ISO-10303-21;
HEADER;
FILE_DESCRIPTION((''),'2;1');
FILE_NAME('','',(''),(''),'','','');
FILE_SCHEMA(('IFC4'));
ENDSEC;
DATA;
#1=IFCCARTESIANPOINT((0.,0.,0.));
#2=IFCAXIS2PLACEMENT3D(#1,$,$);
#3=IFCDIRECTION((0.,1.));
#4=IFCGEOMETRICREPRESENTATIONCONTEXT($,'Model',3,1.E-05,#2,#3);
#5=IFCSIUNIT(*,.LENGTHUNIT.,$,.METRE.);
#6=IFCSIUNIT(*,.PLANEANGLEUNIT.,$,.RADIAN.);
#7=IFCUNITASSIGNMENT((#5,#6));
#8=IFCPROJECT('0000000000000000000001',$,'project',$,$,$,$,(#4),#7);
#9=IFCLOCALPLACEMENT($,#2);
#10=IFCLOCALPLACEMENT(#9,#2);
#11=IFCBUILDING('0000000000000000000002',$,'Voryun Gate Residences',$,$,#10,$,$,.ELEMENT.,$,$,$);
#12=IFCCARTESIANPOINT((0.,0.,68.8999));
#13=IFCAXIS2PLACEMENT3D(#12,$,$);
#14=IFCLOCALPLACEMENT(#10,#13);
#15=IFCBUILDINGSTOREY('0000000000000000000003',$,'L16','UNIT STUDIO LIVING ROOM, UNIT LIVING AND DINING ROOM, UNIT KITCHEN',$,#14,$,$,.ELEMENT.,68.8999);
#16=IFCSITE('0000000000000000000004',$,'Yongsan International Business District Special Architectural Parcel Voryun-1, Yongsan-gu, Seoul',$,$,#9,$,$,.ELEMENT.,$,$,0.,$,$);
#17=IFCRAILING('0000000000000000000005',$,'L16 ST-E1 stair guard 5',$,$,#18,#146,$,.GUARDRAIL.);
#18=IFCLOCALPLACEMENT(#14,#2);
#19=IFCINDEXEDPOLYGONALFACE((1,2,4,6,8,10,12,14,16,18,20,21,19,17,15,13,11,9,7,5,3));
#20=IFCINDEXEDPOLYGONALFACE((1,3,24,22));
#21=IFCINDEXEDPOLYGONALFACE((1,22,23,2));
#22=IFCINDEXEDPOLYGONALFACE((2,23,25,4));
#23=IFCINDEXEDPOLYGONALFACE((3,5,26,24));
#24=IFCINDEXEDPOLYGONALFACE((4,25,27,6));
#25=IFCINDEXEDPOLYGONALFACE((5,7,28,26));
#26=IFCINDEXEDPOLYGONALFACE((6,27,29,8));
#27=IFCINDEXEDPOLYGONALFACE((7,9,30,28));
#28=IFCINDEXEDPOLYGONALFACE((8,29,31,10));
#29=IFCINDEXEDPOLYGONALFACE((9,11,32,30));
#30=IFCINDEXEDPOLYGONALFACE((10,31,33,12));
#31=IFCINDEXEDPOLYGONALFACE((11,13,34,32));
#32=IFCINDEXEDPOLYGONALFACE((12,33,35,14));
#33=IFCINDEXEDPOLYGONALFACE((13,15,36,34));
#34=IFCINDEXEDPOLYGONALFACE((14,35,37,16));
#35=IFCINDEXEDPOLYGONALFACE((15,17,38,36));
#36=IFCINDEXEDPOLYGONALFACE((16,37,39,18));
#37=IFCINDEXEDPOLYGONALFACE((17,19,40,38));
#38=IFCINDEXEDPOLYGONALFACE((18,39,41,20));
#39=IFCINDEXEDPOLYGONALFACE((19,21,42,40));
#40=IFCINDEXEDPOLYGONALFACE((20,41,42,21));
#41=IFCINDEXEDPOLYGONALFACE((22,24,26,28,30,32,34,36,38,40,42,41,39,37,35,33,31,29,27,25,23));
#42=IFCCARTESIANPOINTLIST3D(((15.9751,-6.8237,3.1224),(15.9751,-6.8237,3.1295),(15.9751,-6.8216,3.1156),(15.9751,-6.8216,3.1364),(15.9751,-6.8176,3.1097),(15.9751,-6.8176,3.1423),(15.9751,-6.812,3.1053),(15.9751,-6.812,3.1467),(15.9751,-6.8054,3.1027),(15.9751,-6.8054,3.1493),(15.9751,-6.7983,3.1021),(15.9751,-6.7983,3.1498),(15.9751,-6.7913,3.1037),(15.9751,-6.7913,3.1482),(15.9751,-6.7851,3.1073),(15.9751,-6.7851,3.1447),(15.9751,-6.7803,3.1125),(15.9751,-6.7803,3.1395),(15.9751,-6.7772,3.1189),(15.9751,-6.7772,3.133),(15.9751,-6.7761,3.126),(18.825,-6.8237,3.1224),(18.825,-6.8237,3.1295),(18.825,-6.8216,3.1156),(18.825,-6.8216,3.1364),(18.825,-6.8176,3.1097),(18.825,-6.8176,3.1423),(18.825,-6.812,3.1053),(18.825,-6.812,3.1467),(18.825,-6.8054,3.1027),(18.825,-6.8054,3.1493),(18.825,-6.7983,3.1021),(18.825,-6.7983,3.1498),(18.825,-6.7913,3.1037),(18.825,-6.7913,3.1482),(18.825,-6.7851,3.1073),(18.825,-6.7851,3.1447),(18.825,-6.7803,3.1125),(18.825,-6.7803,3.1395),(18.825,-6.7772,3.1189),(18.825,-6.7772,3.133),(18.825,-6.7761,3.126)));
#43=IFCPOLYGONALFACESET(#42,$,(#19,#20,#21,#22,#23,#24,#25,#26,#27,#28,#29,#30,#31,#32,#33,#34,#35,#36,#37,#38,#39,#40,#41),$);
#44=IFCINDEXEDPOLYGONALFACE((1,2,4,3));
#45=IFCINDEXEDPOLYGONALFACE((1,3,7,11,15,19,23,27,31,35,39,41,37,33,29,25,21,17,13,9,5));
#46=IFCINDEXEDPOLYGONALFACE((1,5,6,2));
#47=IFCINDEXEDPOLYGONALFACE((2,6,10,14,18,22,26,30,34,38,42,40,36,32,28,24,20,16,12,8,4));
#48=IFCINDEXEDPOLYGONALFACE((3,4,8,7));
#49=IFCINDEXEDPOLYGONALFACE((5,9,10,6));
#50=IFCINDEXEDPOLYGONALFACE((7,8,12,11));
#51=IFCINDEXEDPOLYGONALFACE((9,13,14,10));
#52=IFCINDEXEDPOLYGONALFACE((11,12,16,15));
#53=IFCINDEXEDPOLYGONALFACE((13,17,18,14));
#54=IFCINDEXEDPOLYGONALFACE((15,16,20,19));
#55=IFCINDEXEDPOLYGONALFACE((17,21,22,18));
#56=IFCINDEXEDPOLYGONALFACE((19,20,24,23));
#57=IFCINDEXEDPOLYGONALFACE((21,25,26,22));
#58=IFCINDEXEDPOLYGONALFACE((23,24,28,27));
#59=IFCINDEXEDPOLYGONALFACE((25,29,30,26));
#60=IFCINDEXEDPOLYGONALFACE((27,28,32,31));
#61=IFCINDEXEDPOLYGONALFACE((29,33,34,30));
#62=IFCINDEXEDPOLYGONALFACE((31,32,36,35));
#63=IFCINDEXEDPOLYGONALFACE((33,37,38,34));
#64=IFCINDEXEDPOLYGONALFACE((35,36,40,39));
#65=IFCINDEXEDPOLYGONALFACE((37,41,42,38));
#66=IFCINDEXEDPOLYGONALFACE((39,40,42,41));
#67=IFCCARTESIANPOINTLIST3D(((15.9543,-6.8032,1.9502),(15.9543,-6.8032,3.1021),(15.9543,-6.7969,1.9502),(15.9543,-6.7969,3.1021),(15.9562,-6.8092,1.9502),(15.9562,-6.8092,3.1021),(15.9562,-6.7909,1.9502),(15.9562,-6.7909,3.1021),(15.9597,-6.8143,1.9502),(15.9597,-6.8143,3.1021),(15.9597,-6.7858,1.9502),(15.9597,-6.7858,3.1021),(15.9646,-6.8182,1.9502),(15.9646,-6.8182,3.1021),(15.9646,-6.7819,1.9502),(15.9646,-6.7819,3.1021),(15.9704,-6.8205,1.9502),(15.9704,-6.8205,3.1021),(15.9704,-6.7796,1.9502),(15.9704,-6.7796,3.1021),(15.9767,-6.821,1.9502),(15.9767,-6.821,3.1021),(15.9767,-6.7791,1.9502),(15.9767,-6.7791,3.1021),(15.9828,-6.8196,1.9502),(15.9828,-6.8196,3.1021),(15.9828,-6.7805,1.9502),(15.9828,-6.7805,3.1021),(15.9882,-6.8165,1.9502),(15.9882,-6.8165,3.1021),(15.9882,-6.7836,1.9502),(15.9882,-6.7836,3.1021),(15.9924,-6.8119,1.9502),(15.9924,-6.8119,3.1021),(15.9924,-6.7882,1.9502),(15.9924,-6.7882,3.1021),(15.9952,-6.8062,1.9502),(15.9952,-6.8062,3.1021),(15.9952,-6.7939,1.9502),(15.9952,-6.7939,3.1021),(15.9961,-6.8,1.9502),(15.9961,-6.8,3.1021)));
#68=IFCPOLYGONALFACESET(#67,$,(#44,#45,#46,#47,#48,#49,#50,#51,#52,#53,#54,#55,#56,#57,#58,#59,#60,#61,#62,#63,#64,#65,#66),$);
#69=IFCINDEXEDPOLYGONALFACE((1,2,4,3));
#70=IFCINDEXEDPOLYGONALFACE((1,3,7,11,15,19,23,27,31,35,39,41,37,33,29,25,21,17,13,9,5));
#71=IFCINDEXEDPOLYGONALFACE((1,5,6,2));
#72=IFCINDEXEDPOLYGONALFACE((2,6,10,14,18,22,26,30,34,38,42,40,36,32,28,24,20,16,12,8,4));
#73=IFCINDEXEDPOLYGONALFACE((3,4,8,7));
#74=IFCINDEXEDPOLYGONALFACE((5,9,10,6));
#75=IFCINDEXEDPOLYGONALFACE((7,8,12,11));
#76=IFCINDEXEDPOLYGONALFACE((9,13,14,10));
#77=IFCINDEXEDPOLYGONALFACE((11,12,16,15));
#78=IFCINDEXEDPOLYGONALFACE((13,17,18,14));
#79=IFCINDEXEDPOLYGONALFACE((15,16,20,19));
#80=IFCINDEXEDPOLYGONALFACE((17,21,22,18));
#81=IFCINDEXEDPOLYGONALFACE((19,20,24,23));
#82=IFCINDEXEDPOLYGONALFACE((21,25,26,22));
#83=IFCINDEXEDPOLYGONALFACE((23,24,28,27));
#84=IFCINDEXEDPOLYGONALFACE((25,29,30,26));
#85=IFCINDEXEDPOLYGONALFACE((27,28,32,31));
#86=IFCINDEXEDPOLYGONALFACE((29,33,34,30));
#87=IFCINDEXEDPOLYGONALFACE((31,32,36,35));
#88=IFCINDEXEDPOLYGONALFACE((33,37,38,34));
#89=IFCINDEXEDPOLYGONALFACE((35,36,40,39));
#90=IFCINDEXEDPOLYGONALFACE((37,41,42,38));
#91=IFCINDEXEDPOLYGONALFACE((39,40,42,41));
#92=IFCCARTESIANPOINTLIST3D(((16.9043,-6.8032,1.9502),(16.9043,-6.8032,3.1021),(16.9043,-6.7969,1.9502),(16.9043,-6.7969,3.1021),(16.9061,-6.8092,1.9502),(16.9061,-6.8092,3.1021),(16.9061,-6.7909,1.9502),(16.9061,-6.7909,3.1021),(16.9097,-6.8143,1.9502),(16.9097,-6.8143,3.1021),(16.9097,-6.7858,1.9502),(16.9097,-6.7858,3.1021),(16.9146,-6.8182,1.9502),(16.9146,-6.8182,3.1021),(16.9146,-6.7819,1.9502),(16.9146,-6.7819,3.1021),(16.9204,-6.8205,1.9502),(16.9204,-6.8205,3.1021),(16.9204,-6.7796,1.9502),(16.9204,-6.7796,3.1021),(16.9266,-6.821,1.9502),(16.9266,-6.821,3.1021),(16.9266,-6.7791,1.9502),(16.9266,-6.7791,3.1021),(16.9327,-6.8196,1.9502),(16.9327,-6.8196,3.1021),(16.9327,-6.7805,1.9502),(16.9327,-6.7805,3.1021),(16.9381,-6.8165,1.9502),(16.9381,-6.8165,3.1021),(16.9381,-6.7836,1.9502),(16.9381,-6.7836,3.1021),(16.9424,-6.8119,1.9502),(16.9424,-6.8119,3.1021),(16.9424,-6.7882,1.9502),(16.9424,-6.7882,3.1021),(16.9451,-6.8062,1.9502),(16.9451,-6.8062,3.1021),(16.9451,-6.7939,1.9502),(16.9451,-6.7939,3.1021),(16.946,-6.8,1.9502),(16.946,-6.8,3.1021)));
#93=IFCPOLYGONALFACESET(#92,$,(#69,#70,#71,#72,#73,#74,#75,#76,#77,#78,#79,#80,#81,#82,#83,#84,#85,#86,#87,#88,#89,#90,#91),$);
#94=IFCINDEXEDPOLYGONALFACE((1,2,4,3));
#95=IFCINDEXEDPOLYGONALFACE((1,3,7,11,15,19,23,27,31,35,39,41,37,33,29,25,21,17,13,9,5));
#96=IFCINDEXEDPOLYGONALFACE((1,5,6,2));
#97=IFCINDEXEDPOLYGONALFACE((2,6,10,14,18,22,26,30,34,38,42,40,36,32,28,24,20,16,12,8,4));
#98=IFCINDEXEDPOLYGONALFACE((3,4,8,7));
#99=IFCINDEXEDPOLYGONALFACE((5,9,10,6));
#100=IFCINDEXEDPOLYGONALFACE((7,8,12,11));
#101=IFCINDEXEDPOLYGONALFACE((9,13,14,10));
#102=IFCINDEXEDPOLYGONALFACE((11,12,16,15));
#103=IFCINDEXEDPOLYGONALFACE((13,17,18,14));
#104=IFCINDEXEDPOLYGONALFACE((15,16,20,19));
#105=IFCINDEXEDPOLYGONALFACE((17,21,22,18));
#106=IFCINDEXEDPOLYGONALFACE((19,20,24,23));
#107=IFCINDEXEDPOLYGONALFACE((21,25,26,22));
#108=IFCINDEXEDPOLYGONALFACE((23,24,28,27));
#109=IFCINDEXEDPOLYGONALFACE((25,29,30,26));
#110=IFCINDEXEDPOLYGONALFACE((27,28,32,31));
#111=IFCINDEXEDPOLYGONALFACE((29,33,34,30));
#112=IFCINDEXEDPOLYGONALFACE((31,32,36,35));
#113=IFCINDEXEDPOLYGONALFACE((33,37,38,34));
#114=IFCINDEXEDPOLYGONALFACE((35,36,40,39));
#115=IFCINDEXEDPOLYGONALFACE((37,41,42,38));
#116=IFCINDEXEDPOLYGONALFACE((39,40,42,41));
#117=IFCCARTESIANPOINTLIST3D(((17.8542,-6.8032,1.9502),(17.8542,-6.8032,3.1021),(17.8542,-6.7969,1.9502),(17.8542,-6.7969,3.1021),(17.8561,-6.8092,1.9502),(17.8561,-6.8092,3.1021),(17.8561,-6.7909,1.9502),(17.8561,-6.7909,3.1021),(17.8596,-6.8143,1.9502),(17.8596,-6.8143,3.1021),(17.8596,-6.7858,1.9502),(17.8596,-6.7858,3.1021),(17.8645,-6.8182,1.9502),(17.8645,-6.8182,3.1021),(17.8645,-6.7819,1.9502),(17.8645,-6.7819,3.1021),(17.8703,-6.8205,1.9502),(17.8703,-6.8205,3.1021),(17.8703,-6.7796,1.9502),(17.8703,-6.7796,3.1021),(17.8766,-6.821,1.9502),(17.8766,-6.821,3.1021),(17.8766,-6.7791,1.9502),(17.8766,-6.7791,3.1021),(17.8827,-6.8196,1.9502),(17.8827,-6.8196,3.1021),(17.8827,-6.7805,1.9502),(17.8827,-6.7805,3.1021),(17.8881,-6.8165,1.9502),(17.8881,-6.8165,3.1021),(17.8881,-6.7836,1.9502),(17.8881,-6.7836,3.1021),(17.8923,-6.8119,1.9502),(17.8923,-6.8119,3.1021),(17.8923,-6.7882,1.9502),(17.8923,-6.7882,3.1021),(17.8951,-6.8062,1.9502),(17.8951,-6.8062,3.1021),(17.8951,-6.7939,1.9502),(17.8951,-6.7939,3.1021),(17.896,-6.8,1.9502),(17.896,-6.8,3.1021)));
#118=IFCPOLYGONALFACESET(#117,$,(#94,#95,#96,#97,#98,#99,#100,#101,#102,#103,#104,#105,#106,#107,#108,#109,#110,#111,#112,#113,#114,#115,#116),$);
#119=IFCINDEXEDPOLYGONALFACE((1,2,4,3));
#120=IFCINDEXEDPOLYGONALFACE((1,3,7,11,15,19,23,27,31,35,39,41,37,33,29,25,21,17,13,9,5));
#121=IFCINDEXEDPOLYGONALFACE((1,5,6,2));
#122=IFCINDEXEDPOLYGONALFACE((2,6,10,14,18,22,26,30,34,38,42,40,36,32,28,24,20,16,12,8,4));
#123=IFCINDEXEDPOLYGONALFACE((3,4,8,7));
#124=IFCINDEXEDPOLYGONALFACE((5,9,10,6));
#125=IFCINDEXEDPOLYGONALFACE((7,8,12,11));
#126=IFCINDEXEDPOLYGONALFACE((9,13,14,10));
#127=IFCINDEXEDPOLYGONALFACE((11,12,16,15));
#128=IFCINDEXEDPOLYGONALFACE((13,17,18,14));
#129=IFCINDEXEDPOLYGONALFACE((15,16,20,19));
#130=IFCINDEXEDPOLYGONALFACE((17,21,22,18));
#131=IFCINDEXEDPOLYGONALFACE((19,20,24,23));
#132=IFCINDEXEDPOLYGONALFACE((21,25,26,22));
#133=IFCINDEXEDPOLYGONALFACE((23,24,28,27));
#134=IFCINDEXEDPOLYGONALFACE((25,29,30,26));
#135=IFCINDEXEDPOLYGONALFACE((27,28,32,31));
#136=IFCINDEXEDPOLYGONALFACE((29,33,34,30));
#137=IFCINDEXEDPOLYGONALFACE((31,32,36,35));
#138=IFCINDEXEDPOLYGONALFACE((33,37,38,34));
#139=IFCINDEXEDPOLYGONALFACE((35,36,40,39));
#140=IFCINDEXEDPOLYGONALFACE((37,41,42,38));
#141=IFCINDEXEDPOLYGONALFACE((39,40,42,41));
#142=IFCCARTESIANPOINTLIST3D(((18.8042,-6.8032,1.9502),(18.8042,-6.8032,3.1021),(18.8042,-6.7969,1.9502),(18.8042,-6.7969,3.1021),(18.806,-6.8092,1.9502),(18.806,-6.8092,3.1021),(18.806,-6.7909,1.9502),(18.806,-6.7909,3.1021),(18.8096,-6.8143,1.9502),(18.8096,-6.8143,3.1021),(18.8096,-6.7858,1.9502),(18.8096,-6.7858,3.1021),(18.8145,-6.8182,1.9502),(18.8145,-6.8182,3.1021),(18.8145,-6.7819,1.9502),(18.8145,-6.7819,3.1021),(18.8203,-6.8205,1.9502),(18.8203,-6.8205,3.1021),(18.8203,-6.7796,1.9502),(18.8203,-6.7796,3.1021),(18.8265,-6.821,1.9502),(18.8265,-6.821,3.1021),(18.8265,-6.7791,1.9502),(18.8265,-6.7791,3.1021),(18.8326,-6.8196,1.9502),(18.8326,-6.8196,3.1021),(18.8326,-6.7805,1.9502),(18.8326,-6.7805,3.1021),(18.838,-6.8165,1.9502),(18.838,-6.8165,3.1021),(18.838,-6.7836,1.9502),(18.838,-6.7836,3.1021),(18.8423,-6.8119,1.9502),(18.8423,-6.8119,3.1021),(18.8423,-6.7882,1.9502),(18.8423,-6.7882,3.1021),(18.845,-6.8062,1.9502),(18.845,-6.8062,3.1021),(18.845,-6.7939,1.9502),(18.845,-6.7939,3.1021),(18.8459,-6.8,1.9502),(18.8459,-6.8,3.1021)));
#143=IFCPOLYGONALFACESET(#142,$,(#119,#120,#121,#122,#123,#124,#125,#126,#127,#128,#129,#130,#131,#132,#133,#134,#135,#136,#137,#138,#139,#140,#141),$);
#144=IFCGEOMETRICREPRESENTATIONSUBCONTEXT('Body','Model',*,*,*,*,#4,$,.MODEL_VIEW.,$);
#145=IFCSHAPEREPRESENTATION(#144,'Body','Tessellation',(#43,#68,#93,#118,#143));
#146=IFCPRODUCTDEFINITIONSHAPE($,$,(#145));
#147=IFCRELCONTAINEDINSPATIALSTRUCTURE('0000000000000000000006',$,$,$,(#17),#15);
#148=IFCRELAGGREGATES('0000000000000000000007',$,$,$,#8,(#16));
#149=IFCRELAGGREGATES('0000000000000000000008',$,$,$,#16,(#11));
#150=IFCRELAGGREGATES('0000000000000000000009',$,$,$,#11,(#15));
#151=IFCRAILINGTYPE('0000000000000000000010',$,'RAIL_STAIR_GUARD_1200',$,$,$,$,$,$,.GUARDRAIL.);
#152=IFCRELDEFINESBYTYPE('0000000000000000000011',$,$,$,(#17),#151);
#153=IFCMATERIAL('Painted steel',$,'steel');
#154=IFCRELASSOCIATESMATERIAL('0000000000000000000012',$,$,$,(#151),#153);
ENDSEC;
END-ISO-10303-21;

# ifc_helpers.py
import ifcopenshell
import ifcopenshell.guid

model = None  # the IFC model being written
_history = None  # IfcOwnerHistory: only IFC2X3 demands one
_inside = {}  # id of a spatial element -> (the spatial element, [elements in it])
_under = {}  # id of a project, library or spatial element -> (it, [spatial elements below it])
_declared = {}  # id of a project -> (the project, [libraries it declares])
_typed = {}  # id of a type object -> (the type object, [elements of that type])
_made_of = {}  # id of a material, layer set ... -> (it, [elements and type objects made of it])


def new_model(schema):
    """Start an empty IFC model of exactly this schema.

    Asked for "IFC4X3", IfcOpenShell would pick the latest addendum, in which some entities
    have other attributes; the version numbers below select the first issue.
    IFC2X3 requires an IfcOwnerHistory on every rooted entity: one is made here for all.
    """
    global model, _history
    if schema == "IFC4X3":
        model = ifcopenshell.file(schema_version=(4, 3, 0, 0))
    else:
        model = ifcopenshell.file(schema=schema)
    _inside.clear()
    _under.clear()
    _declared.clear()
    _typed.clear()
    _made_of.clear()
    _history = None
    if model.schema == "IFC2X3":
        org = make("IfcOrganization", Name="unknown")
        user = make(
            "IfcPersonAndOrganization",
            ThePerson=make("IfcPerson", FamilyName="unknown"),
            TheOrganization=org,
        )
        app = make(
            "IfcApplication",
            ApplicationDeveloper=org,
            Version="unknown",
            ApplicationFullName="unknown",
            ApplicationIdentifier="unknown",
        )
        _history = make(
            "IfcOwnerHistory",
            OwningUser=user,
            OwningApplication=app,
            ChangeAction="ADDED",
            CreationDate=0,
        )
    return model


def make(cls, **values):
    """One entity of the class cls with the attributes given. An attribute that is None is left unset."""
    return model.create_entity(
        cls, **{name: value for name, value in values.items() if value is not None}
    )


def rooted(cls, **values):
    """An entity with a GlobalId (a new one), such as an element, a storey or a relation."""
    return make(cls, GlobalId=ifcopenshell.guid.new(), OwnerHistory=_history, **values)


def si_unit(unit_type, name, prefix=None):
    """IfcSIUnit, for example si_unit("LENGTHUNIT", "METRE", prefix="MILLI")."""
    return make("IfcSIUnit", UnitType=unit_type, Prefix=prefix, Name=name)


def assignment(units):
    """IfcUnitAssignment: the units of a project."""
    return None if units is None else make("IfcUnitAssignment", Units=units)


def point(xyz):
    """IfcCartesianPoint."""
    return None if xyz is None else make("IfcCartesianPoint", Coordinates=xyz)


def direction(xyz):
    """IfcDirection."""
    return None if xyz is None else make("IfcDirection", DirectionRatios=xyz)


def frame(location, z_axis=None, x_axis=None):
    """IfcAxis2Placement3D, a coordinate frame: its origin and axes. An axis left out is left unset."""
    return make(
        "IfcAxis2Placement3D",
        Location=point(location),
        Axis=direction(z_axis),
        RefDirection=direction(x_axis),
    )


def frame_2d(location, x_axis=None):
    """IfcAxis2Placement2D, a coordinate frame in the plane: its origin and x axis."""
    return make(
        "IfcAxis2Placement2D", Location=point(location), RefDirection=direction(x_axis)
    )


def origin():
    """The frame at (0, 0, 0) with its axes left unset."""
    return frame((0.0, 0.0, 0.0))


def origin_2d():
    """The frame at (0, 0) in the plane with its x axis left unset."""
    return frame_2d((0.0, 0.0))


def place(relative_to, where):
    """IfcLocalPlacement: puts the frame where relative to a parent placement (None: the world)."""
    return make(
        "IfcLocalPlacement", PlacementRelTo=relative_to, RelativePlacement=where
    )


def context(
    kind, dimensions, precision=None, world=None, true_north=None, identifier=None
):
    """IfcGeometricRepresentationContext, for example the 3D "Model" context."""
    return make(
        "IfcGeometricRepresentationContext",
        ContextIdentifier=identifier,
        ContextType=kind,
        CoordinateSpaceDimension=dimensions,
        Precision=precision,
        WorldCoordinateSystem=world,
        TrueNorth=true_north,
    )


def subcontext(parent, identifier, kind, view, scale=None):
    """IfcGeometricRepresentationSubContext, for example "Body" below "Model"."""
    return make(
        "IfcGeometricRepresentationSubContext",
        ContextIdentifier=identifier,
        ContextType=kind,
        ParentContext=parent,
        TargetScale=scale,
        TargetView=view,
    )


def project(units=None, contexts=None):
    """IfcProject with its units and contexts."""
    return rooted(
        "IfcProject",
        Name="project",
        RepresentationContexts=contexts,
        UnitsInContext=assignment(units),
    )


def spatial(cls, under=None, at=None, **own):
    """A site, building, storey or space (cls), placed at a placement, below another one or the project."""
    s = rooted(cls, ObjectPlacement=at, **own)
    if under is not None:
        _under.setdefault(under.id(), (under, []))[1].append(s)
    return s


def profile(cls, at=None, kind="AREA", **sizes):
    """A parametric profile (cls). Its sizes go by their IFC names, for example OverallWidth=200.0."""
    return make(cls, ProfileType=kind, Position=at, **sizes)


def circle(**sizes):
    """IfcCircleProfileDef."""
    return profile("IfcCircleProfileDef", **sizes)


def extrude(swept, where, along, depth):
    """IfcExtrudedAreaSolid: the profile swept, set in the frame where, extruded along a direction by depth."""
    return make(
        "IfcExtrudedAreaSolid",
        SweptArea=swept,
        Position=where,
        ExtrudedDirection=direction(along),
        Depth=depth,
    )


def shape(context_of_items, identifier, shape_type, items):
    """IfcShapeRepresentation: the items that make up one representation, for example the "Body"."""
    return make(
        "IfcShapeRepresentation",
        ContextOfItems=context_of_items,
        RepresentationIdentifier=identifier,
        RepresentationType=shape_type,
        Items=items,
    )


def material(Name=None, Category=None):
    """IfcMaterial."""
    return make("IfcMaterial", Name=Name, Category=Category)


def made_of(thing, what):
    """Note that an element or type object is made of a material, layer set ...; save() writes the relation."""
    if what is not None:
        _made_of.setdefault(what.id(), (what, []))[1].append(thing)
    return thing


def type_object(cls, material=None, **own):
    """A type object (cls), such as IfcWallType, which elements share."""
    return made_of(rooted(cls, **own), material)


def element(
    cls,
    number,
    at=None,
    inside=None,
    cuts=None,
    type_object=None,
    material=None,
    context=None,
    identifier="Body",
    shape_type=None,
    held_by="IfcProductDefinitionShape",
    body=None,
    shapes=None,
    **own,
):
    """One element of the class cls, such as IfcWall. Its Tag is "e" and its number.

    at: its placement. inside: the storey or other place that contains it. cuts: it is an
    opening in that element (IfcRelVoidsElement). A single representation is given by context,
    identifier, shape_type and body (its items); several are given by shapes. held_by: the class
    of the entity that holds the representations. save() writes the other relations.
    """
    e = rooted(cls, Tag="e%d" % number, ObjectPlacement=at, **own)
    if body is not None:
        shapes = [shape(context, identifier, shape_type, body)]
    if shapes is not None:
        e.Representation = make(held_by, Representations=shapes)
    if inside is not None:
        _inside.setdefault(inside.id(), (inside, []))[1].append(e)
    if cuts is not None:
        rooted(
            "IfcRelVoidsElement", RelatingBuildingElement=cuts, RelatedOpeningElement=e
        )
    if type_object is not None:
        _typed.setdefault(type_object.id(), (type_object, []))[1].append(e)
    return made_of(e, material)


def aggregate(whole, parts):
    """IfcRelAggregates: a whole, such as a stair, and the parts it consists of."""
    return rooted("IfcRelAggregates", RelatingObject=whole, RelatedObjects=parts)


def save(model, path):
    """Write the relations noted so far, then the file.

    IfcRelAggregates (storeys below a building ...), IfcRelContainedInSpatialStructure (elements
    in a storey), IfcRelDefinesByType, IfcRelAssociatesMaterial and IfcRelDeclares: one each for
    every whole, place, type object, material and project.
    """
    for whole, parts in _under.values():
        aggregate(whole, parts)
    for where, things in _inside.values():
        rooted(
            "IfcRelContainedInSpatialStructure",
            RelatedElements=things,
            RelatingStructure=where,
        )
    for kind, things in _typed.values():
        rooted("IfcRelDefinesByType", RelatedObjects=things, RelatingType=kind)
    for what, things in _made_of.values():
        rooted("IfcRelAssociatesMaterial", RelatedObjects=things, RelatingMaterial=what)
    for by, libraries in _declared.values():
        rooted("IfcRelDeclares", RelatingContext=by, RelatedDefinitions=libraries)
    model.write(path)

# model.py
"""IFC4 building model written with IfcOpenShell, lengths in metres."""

from ifc_helpers import new_model, si_unit, direction, frame, origin, origin_2d, place, context, subcontext, project, spatial, circle, extrude, material, type_object, element, save


model = new_model("IFC4")

# Units and contexts
model_context = context("Model", 3, precision=1e-05, world=origin(), true_north=direction((0.0, 1.0)))
body_context = subcontext(model_context, "Body", "Model", "MODEL_VIEW")
ifc_project = project(units=[si_unit("LENGTHUNIT", "METRE"), si_unit("PLANEANGLEUNIT", "RADIAN")], contexts=[model_context])

# Site, building, storey
site_placement = place(None, origin())
site = spatial("IfcSite", under=ifc_project, at=site_placement, Name="Yongsan International Business District Special Architectural Parcel Voryun-1, Yongsan-gu, Seoul", CompositionType="ELEMENT", RefElevation=0.0)
building_placement = place(site_placement, origin())
building = spatial("IfcBuilding", under=site, at=building_placement, Name="Voryun Gate Residences", CompositionType="ELEMENT")
storey_placement = place(building_placement, frame((0.0, 0.0, 68.8999)))
storey = spatial("IfcBuildingStorey", under=building, at=storey_placement, Name="L16", Description="UNIT STUDIO LIVING ROOM, UNIT LIVING AND DINING ROOM, UNIT KITCHEN", CompositionType="ELEMENT", Elevation=68.8999)

# Railing
ifc_material_1 = material(Name="Painted steel", Category="steel")
railing_type_1 = type_object("IfcRailingType", Name="RAIL_STAIR_GUARD_1200", PredefinedType="GUARDRAIL", material=ifc_material_1)
railing_1_placement = place(storey_placement, frame((15.9751, -6.8, 1.9502)))
element("IfcRailing", 1, at=railing_1_placement, inside=storey, type_object=railing_type_1, Name="L16 ST-E1 stair guard 5", PredefinedType="GUARDRAIL", context=body_context, shape_type="SweptSolid", body=[
    extrude(circle(Radius=0.0239, at=origin_2d()), frame((0.0, 0.0, 1.1758), z_axis=(1.0, 0.0, 0.0), x_axis=(0.0, 1.0, 0.0)), (0.0, 0.0, 1.0), 2.8499),
    extrude(circle(Radius=0.021, at=origin_2d()), origin(), (0.0, 0.0, 1.0), 1.1519),
    extrude(circle(Radius=0.021, at=origin_2d()), frame((0.95, 0.0, 0.0)), (0.0, 0.0, 1.0), 1.1519),
    extrude(circle(Radius=0.021, at=origin_2d()), frame((1.8999, 0.0, 0.0)), (0.0, 0.0, 1.0), 1.1519),
    extrude(circle(Radius=0.021, at=origin_2d()), frame((2.8499, 0.0, 0.0)), (0.0, 0.0, 1.0), 1.1519),
])

save(model, "model.ifc")
